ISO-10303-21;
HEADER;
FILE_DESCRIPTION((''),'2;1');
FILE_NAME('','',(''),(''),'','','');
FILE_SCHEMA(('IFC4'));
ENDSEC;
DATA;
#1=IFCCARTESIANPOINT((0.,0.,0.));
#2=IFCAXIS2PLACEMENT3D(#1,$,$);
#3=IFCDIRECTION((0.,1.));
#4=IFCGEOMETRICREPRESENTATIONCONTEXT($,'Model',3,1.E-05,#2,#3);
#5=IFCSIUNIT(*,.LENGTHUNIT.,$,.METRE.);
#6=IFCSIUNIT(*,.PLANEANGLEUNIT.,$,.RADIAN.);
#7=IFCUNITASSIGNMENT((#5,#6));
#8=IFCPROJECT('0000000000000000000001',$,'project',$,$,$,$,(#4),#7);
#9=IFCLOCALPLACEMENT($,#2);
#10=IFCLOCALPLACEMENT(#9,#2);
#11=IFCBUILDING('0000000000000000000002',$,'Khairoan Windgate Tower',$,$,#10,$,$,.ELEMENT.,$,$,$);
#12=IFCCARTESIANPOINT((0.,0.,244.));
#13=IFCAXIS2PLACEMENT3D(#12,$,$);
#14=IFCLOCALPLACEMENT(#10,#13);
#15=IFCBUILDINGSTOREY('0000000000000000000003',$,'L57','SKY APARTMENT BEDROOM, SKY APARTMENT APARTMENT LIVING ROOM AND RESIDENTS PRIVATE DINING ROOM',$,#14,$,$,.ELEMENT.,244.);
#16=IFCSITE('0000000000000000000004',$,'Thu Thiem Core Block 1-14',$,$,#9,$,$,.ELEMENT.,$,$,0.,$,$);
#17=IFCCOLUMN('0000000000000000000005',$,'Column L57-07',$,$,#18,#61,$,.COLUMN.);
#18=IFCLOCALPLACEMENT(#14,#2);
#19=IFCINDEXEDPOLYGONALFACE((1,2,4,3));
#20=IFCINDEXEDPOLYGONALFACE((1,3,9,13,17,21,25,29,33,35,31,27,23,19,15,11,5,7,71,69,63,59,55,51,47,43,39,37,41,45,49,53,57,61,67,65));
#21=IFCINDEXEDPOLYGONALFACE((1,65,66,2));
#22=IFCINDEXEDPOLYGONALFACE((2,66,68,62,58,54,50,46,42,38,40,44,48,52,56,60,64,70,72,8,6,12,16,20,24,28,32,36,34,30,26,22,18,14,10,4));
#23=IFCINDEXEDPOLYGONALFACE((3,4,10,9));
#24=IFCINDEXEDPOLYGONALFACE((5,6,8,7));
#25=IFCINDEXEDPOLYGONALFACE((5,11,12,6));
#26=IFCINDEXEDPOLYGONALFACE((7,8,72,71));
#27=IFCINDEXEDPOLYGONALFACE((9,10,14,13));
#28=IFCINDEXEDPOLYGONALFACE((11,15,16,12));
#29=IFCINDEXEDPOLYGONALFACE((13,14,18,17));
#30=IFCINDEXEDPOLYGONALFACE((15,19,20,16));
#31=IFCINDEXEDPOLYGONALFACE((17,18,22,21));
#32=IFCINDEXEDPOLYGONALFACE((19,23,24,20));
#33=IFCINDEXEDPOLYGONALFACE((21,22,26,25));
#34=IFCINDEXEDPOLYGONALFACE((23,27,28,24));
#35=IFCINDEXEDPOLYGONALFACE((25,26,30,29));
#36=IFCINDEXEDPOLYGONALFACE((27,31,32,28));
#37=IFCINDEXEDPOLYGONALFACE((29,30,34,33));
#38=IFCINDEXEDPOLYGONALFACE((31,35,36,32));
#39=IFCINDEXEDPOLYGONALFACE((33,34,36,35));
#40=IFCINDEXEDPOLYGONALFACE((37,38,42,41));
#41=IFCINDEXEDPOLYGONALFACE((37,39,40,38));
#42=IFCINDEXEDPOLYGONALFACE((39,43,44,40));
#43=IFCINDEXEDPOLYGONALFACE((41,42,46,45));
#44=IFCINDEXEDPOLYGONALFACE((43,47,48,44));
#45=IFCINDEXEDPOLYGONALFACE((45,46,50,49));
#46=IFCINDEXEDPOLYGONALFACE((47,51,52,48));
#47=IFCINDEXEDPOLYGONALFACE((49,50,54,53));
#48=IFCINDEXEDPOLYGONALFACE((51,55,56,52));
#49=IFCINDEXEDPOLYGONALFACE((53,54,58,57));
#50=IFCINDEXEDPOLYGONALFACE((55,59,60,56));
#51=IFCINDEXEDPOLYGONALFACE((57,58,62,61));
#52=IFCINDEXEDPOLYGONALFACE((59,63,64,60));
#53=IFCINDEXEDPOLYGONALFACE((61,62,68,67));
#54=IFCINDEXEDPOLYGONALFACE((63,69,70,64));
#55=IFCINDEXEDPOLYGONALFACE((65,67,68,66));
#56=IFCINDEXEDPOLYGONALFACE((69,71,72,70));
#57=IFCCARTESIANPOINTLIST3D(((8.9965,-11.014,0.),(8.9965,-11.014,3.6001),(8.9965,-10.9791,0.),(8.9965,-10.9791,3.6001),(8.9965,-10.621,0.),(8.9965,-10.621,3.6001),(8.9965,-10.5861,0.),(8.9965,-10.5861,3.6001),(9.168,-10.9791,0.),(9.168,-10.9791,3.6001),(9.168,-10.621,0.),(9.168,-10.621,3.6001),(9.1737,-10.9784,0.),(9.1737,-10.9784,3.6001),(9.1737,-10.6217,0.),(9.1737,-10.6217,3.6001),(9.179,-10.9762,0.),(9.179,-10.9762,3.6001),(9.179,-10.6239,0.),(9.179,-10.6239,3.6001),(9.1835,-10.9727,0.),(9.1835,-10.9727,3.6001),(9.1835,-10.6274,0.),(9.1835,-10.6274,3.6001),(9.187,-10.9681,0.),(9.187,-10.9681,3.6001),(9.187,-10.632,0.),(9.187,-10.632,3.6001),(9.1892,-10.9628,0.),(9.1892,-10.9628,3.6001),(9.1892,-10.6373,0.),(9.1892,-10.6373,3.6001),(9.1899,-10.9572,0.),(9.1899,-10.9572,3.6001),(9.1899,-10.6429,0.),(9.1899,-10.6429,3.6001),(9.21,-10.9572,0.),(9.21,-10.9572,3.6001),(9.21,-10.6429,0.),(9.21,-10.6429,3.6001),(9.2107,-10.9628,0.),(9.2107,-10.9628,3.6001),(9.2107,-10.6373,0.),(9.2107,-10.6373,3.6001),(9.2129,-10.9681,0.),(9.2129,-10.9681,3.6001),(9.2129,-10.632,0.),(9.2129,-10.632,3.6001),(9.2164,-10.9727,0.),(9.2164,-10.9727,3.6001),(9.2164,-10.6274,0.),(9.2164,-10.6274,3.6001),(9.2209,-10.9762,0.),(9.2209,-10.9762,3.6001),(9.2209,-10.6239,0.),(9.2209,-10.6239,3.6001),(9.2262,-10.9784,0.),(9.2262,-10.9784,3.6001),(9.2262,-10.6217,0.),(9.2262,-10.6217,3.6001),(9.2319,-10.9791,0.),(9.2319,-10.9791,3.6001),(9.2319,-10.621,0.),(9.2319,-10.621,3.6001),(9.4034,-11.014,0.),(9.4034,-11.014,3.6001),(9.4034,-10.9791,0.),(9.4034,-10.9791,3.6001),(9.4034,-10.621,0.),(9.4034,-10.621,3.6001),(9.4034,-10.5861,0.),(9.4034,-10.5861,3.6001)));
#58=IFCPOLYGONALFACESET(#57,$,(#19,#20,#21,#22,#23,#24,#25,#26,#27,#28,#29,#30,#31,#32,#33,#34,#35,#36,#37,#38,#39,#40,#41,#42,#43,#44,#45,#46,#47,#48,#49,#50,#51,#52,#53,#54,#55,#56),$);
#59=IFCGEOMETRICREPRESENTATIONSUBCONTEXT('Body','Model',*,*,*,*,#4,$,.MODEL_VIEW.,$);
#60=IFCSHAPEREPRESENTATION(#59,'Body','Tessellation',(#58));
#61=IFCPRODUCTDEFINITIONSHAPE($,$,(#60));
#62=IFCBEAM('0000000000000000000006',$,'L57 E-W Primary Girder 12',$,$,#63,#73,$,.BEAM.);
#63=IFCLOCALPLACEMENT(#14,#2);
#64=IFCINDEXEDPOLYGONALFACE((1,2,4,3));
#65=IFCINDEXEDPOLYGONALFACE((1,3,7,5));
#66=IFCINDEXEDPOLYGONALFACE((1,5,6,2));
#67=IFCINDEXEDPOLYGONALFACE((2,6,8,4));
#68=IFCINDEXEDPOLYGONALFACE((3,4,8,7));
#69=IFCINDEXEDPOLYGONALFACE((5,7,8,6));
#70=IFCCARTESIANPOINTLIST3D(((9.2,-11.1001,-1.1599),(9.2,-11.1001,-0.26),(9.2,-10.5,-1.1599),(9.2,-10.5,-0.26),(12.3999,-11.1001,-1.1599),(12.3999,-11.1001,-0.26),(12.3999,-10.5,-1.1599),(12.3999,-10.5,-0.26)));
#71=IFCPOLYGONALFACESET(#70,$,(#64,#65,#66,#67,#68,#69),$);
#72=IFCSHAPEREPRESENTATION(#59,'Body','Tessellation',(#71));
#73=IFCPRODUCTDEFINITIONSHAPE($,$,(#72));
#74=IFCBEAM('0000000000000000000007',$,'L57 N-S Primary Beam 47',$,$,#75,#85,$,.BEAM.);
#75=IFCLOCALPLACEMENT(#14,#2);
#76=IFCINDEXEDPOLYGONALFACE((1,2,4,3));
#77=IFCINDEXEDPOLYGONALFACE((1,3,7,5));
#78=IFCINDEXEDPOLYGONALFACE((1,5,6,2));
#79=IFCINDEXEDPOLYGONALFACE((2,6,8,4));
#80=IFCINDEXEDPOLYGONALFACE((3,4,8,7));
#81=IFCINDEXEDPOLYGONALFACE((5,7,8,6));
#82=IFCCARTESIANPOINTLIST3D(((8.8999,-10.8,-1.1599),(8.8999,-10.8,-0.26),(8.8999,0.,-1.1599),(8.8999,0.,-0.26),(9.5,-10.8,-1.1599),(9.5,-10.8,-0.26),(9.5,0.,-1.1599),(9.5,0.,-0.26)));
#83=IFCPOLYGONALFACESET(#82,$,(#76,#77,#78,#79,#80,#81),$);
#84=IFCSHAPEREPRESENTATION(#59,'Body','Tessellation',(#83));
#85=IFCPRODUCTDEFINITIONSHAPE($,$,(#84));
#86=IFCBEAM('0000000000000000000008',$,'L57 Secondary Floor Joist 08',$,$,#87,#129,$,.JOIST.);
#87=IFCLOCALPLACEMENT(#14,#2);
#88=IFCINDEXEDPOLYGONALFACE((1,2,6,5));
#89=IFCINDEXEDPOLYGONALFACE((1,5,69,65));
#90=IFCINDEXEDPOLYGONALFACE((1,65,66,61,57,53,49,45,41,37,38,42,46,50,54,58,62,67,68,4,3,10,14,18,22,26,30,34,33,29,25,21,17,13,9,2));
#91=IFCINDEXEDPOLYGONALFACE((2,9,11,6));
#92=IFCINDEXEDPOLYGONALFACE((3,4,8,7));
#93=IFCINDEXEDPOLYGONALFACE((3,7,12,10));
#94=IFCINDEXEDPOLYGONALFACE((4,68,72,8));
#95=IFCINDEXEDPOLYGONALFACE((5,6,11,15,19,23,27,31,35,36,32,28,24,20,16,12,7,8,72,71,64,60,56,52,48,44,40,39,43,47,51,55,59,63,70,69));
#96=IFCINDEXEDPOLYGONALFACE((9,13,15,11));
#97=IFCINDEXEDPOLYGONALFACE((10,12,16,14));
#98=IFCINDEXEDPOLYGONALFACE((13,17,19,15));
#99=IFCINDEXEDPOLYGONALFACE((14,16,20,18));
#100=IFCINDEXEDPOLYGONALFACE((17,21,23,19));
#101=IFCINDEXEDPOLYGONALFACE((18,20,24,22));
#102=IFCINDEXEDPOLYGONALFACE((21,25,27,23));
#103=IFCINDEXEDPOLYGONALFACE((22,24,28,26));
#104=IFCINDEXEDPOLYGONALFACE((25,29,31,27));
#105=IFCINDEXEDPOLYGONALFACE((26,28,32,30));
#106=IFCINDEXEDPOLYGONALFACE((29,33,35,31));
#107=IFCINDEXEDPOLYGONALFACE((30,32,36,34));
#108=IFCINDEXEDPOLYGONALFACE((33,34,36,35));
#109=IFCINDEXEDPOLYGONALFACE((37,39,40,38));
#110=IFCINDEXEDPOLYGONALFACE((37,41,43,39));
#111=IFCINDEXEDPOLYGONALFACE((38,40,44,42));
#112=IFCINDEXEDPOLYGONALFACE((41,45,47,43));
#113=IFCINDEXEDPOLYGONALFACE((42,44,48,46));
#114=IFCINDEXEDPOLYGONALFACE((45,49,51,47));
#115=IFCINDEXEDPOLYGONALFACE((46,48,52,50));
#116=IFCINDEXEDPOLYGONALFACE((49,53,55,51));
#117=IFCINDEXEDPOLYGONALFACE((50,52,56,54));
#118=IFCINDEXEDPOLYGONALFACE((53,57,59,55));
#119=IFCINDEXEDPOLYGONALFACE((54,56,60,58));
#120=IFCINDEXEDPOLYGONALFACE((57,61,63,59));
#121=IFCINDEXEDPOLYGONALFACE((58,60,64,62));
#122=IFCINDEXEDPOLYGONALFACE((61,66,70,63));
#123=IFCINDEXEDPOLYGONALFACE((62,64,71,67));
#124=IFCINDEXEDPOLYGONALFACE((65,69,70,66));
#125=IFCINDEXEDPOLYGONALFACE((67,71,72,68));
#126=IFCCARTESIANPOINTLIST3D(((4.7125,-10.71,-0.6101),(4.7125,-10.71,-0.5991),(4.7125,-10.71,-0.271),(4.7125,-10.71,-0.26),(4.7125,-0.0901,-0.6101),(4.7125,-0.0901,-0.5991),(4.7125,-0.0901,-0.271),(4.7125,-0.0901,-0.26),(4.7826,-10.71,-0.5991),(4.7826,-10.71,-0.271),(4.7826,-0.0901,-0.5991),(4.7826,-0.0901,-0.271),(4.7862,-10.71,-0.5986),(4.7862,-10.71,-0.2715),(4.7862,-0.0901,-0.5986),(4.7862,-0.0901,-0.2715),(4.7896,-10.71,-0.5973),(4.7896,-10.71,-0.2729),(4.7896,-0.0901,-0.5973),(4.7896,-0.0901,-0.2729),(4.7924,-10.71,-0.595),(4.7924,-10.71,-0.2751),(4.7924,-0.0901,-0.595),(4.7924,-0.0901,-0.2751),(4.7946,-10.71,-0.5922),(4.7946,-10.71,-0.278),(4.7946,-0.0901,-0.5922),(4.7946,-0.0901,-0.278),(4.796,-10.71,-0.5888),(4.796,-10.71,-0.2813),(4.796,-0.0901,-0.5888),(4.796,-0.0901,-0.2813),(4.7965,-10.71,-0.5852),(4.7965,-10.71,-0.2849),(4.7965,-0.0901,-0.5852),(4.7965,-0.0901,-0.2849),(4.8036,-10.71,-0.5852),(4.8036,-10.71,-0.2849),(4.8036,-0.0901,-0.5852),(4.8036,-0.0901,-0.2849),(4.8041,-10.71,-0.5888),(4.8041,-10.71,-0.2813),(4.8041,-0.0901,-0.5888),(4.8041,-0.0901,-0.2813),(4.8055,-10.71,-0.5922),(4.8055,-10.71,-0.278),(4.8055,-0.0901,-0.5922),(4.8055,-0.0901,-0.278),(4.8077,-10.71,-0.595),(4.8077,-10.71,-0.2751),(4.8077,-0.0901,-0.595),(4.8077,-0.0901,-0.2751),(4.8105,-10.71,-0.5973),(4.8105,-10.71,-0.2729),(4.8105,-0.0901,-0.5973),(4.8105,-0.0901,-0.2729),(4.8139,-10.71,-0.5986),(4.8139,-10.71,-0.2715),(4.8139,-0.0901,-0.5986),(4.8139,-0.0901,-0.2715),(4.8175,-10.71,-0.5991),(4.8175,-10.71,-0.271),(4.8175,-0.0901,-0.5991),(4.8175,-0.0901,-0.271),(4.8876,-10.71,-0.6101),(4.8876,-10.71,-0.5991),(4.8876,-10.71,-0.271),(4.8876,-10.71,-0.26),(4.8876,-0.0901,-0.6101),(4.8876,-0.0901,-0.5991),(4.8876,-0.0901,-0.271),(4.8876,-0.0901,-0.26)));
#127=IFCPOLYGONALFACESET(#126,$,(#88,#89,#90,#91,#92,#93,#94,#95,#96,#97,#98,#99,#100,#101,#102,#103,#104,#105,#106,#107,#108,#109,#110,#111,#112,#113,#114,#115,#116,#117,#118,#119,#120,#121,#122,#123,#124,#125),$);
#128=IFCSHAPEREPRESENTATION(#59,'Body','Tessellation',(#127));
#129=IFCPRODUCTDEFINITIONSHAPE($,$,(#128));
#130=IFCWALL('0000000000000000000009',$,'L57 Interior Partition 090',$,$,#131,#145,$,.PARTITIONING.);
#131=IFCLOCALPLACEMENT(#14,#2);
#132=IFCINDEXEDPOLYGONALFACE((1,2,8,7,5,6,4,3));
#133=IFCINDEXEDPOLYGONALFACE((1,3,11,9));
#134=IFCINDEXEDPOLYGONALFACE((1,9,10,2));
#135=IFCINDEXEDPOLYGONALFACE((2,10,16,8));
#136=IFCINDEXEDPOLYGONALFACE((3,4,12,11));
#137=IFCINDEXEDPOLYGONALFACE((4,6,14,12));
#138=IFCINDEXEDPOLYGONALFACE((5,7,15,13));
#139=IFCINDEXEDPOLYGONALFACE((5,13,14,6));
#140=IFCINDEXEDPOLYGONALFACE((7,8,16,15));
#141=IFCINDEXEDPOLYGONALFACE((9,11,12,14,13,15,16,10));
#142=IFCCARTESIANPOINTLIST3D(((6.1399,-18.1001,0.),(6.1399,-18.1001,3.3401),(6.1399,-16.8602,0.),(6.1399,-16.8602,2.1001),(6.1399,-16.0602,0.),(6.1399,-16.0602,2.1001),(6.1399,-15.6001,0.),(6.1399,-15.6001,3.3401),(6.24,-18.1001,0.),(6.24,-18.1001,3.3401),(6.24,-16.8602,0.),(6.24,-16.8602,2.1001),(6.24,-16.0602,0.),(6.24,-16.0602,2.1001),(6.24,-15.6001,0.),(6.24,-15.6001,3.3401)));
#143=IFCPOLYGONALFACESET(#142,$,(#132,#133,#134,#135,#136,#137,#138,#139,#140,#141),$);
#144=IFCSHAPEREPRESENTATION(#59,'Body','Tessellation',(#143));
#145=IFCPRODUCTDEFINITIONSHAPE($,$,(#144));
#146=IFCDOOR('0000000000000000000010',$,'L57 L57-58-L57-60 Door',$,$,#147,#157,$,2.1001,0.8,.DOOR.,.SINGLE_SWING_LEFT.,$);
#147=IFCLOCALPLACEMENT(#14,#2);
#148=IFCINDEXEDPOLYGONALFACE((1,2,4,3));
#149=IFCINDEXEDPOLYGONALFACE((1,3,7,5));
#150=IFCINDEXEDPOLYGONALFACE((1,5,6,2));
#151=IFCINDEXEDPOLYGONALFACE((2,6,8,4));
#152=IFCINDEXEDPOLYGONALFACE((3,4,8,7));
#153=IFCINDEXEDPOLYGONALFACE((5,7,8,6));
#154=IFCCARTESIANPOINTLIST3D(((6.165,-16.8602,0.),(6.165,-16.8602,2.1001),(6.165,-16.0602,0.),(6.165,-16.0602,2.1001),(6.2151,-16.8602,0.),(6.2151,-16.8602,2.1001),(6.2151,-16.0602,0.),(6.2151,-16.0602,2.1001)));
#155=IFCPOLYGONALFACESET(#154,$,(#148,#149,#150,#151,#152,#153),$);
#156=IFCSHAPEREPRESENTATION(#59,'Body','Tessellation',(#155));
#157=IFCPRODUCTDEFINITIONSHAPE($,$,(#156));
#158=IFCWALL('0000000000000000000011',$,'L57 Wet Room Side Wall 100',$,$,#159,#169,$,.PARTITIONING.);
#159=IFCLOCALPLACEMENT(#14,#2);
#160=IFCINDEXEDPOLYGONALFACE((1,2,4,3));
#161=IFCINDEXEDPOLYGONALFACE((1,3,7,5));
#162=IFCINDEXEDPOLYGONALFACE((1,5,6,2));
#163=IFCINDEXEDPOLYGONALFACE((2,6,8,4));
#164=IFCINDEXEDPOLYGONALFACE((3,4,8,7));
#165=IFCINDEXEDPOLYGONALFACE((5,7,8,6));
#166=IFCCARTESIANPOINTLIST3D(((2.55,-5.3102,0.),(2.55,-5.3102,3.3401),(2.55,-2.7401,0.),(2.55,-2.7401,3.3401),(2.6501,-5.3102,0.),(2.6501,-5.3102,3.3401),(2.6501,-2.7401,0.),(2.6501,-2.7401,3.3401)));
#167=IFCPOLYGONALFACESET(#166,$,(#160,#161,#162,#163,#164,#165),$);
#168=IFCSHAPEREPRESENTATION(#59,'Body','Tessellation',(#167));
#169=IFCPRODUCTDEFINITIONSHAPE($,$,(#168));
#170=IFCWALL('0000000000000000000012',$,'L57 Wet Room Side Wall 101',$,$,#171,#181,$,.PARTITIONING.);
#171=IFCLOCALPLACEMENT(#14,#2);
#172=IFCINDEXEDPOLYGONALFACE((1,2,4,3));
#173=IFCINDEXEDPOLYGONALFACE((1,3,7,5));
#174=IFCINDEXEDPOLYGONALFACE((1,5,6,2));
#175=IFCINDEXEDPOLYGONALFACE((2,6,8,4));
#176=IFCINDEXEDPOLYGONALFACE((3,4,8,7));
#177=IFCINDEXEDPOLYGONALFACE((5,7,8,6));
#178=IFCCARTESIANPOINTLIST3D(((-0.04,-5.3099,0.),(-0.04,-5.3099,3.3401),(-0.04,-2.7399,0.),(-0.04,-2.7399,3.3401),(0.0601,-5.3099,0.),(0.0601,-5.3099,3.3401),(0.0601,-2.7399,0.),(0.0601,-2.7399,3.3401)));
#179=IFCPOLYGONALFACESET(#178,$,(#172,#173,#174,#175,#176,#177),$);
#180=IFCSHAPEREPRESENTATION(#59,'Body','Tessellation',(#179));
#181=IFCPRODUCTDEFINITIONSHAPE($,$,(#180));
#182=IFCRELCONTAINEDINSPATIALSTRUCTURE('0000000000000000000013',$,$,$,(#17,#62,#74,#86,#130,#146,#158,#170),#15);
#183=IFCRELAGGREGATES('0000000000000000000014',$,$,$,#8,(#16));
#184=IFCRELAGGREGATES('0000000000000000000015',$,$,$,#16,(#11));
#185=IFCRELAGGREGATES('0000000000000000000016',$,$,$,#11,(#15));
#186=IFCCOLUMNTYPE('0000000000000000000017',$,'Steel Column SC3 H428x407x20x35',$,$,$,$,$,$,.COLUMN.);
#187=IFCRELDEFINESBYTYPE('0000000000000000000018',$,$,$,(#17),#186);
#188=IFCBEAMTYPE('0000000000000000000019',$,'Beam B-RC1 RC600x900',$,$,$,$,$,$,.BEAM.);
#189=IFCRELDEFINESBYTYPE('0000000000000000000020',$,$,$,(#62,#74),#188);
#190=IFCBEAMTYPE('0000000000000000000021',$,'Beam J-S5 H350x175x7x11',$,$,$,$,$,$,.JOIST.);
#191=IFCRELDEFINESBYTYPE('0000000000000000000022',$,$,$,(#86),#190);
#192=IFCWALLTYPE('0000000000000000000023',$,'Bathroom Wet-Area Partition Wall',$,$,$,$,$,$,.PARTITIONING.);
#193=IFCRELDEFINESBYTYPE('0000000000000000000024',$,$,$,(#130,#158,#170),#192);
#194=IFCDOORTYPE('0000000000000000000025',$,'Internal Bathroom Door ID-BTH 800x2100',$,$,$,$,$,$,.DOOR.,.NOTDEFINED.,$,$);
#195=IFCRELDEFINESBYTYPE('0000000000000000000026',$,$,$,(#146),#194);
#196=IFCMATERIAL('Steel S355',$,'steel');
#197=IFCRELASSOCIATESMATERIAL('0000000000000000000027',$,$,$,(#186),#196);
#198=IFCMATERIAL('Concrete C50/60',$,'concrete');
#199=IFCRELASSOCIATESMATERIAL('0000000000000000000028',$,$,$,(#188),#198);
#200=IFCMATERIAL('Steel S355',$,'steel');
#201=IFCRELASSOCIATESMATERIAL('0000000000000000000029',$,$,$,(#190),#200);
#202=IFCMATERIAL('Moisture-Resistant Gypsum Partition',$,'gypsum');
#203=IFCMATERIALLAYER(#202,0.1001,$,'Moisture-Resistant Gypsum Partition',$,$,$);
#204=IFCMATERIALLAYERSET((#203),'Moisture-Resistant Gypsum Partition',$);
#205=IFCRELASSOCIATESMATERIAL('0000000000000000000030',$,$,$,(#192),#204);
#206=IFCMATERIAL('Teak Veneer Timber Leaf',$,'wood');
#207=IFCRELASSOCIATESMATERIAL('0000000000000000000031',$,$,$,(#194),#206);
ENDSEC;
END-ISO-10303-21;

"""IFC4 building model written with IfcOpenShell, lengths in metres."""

from ifc_helpers import new_model, si_unit, direction, frame, frame_2d, origin, origin_2d, place, context, subcontext, project, spatial, rectangle, i_section, extrude, material, layer, layer_set, material_profile, profile_set, type_object, element, fill, save


model = new_model("IFC4")

# Units and contexts
model_context = context("Model", 3, precision=1e-05, world=origin(), true_north=direction((0.0, 1.0)))
body_context = subcontext(model_context, "Body", "Model", "MODEL_VIEW")
ifc_project = project(units=[si_unit("LENGTHUNIT", "METRE"), si_unit("PLANEANGLEUNIT", "RADIAN")], contexts=[model_context])

# Site, building, storey
site_placement = place(None, origin())
site = spatial("IfcSite", under=ifc_project, at=site_placement, Name="Thu Thiem Core Block 1-14", CompositionType="ELEMENT", RefElevation=0.0)
building_placement = place(site_placement, origin())
building = spatial("IfcBuilding", under=site, at=building_placement, Name="Khairoan Windgate Tower", CompositionType="ELEMENT")
storey_placement = place(building_placement, frame((0.0, 0.0, 244.0)))
storey = spatial("IfcBuildingStorey", under=building, at=storey_placement, Name="L57", Description="SKY APARTMENT BEDROOM, SKY APARTMENT APARTMENT LIVING ROOM AND RESIDENTS PRIVATE DINING ROOM", CompositionType="ELEMENT", Elevation=244.0)

# Column
ifc_material_1 = material(Name="Steel S355", Category="steel")
ifc_material_profile_1 = material_profile(ifc_material_1, i_section(OverallWidth=0.407, OverallDepth=0.428, WebThickness=0.02, FlangeThickness=0.0349, FilletRadius=0.022, at=origin_2d()))
ifc_profile_set_1 = profile_set([ifc_material_profile_1], Name="Steel S355")
column_type = type_object("IfcColumnType", Name="Steel Column SC3 H428x407x20x35", PredefinedType="COLUMN", material=ifc_profile_set_1)
column_placement = place(storey_placement, frame((9.2, -10.8, 0.0), z_axis=(0.0, 0.0, 1.0), x_axis=(1.0, 0.0, 0.0)))
element("IfcColumn", 1, at=column_placement, inside=storey, type_object=column_type, Name="Column L57-07", PredefinedType="COLUMN", context=body_context, shape_type="SweptSolid", body=[
    extrude(i_section(OverallWidth=0.407, OverallDepth=0.428, WebThickness=0.02, FlangeThickness=0.0349, FilletRadius=0.022, at=origin_2d()), origin(), (0.0, 0.0, 1.0), 3.6001),
])

# Beams
ifc_material_2 = material(Name="Concrete C50/60", Category="concrete")
ifc_material_profile_2 = material_profile(ifc_material_2, rectangle(XDim=0.6001, YDim=0.8999, at=origin_2d()))
ifc_profile_set_2 = profile_set([ifc_material_profile_2], Name="Concrete C50/60")
beam_type_1 = type_object("IfcBeamType", Name="Beam B-RC1 RC600x900", PredefinedType="BEAM", material=ifc_profile_set_2)
beam_1_placement = place(storey_placement, frame((9.2, -10.8, -0.71), z_axis=(1.0, 0.0, 0.0), x_axis=(0.0, 1.0, 0.0)))
element("IfcBeam", 2, at=beam_1_placement, inside=storey, type_object=beam_type_1, Name="L57 E-W Primary Girder 12", PredefinedType="BEAM", context=body_context, shape_type="SweptSolid", body=[
    extrude(rectangle(XDim=0.6001, YDim=0.8999, at=origin_2d()), origin(), (0.0, 0.0, 1.0), 3.2),
])
beam_2_placement = place(storey_placement, frame((9.2, -10.8, -0.71), z_axis=(0.0, 1.0, 0.0), x_axis=(-1.0, 0.0, 0.0)))
element("IfcBeam", 3, at=beam_2_placement, inside=storey, type_object=beam_type_1, Name="L57 N-S Primary Beam 47", PredefinedType="BEAM", context=body_context, shape_type="SweptSolid", body=[
    extrude(rectangle(XDim=0.6001, YDim=0.8999, at=origin_2d()), origin(), (0.0, 0.0, 1.0), 10.8),
])
ifc_material_3 = material(Name="Steel S355", Category="steel")
ifc_material_profile_3 = material_profile(ifc_material_3, i_section(OverallWidth=0.175, OverallDepth=0.3501, WebThickness=0.0071, FlangeThickness=0.011, FilletRadius=0.0139, at=origin_2d()))
ifc_profile_set_3 = profile_set([ifc_material_profile_3], Name="Steel S355")
beam_type_2 = type_object("IfcBeamType", Name="Beam J-S5 H350x175x7x11", PredefinedType="JOIST", material=ifc_profile_set_3)
beam_3_placement = place(storey_placement, frame((4.8, -10.71, -0.4351), z_axis=(0.0, 1.0, 0.0), x_axis=(-1.0, 0.0, 0.0)))
element("IfcBeam", 4, at=beam_3_placement, inside=storey, type_object=beam_type_2, Name="L57 Secondary Floor Joist 08", PredefinedType="JOIST", context=body_context, shape_type="SweptSolid", body=[
    extrude(i_section(OverallWidth=0.175, OverallDepth=0.3501, WebThickness=0.0071, FlangeThickness=0.011, FilletRadius=0.0139, at=origin_2d()), origin(), (0.0, 0.0, 1.0), 10.6199),
])

# Wall, opening, door
ifc_material_4 = material(Name="Moisture-Resistant Gypsum Partition", Category="gypsum")
ifc_layer_1 = layer(ifc_material_4, 0.1001, Name="Moisture-Resistant Gypsum Partition")
ifc_layer_set_1 = layer_set([ifc_layer_1], Name="Moisture-Resistant Gypsum Partition")
wall_type_1 = type_object("IfcWallType", Name="Bathroom Wet-Area Partition Wall", PredefinedType="PARTITIONING", material=ifc_layer_set_1)
wall_1_placement = place(storey_placement, frame((6.1899, -18.1001, 0.0), z_axis=(0.0, 0.0, 1.0), x_axis=(0.0, 1.0, 0.0)))
wall_1 = element("IfcWall", 5, at=wall_1_placement, inside=storey, type_object=wall_type_1, Name="L57 Interior Partition 090", PredefinedType="PARTITIONING", context=body_context, shape_type="SweptSolid", body=[
    extrude(rectangle(XDim=2.5, YDim=0.1001, at=frame_2d((1.25, 0.0))), origin(), (0.0, 0.0, 1.0), 3.3401),
])
opening_1_placement = place(wall_1_placement, frame((1.24, 0.0, 0.0)))
opening_1 = element("IfcOpeningElement", 6, at=opening_1_placement, cuts=wall_1, PredefinedType="OPENING", context=body_context, shape_type="SweptSolid", body=[
    extrude(rectangle(XDim=0.8, YDim=2.1001, at=frame_2d((0.3999, 1.05))), frame((0.0, 0.0601, 0.0), z_axis=(0.0, -1.0, 0.0), x_axis=(1.0, 0.0, 0.0)), (0.0, 0.0, 1.0), 0.1201),
])
ifc_material_5 = material(Name="Teak Veneer Timber Leaf", Category="wood")
door_type_1 = type_object("IfcDoorType", Name="Internal Bathroom Door ID-BTH 800x2100", OperationType="NOTDEFINED", PredefinedType="DOOR", material=ifc_material_5)
door_1_placement = place(opening_1_placement, origin())
door_1 = element("IfcDoor", 7, at=door_1_placement, inside=storey, type_object=door_type_1, Name="L57 L57-58-L57-60 Door", OperationType="SINGLE_SWING_LEFT", OverallHeight=2.1001, OverallWidth=0.8, PredefinedType="DOOR", context=body_context, shape_type="SweptSolid", body=[
    extrude(rectangle(XDim=0.8, YDim=2.1001, at=frame_2d((0.3999, 1.05))), frame((0.0, 0.0249, 0.0), z_axis=(0.0, -1.0, 0.0), x_axis=(1.0, 0.0, 0.0)), (0.0, 0.0, 1.0), 0.05),
])
fill(opening_1, door_1)

# Walls
for number, where, z_axis, x_axis, name in (
    (8, (2.6001, -2.74, 0.0), (0.0, 0.0, 1.0), (0.0, -1.0, 0.0), "L57 Wet Room Side Wall 100"),
    (9, (0.01, -5.3101, 0.0), (0.0, 0.0, 1.0), (0.0, 1.0, 0.0), "L57 Wet Room Side Wall 101"),
):
    element("IfcWall", number, at=place(storey_placement, frame(where, z_axis=z_axis, x_axis=x_axis)), inside=storey, type_object=wall_type_1, Name=name, PredefinedType="PARTITIONING", context=body_context, shape_type="SweptSolid", body=[
        extrude(rectangle(XDim=2.5701, YDim=0.1001, at=frame_2d((1.2852, 0.0))), origin(), (0.0, 0.0, 1.0), 3.3401),
    ])

save(model, "model.ifc")
